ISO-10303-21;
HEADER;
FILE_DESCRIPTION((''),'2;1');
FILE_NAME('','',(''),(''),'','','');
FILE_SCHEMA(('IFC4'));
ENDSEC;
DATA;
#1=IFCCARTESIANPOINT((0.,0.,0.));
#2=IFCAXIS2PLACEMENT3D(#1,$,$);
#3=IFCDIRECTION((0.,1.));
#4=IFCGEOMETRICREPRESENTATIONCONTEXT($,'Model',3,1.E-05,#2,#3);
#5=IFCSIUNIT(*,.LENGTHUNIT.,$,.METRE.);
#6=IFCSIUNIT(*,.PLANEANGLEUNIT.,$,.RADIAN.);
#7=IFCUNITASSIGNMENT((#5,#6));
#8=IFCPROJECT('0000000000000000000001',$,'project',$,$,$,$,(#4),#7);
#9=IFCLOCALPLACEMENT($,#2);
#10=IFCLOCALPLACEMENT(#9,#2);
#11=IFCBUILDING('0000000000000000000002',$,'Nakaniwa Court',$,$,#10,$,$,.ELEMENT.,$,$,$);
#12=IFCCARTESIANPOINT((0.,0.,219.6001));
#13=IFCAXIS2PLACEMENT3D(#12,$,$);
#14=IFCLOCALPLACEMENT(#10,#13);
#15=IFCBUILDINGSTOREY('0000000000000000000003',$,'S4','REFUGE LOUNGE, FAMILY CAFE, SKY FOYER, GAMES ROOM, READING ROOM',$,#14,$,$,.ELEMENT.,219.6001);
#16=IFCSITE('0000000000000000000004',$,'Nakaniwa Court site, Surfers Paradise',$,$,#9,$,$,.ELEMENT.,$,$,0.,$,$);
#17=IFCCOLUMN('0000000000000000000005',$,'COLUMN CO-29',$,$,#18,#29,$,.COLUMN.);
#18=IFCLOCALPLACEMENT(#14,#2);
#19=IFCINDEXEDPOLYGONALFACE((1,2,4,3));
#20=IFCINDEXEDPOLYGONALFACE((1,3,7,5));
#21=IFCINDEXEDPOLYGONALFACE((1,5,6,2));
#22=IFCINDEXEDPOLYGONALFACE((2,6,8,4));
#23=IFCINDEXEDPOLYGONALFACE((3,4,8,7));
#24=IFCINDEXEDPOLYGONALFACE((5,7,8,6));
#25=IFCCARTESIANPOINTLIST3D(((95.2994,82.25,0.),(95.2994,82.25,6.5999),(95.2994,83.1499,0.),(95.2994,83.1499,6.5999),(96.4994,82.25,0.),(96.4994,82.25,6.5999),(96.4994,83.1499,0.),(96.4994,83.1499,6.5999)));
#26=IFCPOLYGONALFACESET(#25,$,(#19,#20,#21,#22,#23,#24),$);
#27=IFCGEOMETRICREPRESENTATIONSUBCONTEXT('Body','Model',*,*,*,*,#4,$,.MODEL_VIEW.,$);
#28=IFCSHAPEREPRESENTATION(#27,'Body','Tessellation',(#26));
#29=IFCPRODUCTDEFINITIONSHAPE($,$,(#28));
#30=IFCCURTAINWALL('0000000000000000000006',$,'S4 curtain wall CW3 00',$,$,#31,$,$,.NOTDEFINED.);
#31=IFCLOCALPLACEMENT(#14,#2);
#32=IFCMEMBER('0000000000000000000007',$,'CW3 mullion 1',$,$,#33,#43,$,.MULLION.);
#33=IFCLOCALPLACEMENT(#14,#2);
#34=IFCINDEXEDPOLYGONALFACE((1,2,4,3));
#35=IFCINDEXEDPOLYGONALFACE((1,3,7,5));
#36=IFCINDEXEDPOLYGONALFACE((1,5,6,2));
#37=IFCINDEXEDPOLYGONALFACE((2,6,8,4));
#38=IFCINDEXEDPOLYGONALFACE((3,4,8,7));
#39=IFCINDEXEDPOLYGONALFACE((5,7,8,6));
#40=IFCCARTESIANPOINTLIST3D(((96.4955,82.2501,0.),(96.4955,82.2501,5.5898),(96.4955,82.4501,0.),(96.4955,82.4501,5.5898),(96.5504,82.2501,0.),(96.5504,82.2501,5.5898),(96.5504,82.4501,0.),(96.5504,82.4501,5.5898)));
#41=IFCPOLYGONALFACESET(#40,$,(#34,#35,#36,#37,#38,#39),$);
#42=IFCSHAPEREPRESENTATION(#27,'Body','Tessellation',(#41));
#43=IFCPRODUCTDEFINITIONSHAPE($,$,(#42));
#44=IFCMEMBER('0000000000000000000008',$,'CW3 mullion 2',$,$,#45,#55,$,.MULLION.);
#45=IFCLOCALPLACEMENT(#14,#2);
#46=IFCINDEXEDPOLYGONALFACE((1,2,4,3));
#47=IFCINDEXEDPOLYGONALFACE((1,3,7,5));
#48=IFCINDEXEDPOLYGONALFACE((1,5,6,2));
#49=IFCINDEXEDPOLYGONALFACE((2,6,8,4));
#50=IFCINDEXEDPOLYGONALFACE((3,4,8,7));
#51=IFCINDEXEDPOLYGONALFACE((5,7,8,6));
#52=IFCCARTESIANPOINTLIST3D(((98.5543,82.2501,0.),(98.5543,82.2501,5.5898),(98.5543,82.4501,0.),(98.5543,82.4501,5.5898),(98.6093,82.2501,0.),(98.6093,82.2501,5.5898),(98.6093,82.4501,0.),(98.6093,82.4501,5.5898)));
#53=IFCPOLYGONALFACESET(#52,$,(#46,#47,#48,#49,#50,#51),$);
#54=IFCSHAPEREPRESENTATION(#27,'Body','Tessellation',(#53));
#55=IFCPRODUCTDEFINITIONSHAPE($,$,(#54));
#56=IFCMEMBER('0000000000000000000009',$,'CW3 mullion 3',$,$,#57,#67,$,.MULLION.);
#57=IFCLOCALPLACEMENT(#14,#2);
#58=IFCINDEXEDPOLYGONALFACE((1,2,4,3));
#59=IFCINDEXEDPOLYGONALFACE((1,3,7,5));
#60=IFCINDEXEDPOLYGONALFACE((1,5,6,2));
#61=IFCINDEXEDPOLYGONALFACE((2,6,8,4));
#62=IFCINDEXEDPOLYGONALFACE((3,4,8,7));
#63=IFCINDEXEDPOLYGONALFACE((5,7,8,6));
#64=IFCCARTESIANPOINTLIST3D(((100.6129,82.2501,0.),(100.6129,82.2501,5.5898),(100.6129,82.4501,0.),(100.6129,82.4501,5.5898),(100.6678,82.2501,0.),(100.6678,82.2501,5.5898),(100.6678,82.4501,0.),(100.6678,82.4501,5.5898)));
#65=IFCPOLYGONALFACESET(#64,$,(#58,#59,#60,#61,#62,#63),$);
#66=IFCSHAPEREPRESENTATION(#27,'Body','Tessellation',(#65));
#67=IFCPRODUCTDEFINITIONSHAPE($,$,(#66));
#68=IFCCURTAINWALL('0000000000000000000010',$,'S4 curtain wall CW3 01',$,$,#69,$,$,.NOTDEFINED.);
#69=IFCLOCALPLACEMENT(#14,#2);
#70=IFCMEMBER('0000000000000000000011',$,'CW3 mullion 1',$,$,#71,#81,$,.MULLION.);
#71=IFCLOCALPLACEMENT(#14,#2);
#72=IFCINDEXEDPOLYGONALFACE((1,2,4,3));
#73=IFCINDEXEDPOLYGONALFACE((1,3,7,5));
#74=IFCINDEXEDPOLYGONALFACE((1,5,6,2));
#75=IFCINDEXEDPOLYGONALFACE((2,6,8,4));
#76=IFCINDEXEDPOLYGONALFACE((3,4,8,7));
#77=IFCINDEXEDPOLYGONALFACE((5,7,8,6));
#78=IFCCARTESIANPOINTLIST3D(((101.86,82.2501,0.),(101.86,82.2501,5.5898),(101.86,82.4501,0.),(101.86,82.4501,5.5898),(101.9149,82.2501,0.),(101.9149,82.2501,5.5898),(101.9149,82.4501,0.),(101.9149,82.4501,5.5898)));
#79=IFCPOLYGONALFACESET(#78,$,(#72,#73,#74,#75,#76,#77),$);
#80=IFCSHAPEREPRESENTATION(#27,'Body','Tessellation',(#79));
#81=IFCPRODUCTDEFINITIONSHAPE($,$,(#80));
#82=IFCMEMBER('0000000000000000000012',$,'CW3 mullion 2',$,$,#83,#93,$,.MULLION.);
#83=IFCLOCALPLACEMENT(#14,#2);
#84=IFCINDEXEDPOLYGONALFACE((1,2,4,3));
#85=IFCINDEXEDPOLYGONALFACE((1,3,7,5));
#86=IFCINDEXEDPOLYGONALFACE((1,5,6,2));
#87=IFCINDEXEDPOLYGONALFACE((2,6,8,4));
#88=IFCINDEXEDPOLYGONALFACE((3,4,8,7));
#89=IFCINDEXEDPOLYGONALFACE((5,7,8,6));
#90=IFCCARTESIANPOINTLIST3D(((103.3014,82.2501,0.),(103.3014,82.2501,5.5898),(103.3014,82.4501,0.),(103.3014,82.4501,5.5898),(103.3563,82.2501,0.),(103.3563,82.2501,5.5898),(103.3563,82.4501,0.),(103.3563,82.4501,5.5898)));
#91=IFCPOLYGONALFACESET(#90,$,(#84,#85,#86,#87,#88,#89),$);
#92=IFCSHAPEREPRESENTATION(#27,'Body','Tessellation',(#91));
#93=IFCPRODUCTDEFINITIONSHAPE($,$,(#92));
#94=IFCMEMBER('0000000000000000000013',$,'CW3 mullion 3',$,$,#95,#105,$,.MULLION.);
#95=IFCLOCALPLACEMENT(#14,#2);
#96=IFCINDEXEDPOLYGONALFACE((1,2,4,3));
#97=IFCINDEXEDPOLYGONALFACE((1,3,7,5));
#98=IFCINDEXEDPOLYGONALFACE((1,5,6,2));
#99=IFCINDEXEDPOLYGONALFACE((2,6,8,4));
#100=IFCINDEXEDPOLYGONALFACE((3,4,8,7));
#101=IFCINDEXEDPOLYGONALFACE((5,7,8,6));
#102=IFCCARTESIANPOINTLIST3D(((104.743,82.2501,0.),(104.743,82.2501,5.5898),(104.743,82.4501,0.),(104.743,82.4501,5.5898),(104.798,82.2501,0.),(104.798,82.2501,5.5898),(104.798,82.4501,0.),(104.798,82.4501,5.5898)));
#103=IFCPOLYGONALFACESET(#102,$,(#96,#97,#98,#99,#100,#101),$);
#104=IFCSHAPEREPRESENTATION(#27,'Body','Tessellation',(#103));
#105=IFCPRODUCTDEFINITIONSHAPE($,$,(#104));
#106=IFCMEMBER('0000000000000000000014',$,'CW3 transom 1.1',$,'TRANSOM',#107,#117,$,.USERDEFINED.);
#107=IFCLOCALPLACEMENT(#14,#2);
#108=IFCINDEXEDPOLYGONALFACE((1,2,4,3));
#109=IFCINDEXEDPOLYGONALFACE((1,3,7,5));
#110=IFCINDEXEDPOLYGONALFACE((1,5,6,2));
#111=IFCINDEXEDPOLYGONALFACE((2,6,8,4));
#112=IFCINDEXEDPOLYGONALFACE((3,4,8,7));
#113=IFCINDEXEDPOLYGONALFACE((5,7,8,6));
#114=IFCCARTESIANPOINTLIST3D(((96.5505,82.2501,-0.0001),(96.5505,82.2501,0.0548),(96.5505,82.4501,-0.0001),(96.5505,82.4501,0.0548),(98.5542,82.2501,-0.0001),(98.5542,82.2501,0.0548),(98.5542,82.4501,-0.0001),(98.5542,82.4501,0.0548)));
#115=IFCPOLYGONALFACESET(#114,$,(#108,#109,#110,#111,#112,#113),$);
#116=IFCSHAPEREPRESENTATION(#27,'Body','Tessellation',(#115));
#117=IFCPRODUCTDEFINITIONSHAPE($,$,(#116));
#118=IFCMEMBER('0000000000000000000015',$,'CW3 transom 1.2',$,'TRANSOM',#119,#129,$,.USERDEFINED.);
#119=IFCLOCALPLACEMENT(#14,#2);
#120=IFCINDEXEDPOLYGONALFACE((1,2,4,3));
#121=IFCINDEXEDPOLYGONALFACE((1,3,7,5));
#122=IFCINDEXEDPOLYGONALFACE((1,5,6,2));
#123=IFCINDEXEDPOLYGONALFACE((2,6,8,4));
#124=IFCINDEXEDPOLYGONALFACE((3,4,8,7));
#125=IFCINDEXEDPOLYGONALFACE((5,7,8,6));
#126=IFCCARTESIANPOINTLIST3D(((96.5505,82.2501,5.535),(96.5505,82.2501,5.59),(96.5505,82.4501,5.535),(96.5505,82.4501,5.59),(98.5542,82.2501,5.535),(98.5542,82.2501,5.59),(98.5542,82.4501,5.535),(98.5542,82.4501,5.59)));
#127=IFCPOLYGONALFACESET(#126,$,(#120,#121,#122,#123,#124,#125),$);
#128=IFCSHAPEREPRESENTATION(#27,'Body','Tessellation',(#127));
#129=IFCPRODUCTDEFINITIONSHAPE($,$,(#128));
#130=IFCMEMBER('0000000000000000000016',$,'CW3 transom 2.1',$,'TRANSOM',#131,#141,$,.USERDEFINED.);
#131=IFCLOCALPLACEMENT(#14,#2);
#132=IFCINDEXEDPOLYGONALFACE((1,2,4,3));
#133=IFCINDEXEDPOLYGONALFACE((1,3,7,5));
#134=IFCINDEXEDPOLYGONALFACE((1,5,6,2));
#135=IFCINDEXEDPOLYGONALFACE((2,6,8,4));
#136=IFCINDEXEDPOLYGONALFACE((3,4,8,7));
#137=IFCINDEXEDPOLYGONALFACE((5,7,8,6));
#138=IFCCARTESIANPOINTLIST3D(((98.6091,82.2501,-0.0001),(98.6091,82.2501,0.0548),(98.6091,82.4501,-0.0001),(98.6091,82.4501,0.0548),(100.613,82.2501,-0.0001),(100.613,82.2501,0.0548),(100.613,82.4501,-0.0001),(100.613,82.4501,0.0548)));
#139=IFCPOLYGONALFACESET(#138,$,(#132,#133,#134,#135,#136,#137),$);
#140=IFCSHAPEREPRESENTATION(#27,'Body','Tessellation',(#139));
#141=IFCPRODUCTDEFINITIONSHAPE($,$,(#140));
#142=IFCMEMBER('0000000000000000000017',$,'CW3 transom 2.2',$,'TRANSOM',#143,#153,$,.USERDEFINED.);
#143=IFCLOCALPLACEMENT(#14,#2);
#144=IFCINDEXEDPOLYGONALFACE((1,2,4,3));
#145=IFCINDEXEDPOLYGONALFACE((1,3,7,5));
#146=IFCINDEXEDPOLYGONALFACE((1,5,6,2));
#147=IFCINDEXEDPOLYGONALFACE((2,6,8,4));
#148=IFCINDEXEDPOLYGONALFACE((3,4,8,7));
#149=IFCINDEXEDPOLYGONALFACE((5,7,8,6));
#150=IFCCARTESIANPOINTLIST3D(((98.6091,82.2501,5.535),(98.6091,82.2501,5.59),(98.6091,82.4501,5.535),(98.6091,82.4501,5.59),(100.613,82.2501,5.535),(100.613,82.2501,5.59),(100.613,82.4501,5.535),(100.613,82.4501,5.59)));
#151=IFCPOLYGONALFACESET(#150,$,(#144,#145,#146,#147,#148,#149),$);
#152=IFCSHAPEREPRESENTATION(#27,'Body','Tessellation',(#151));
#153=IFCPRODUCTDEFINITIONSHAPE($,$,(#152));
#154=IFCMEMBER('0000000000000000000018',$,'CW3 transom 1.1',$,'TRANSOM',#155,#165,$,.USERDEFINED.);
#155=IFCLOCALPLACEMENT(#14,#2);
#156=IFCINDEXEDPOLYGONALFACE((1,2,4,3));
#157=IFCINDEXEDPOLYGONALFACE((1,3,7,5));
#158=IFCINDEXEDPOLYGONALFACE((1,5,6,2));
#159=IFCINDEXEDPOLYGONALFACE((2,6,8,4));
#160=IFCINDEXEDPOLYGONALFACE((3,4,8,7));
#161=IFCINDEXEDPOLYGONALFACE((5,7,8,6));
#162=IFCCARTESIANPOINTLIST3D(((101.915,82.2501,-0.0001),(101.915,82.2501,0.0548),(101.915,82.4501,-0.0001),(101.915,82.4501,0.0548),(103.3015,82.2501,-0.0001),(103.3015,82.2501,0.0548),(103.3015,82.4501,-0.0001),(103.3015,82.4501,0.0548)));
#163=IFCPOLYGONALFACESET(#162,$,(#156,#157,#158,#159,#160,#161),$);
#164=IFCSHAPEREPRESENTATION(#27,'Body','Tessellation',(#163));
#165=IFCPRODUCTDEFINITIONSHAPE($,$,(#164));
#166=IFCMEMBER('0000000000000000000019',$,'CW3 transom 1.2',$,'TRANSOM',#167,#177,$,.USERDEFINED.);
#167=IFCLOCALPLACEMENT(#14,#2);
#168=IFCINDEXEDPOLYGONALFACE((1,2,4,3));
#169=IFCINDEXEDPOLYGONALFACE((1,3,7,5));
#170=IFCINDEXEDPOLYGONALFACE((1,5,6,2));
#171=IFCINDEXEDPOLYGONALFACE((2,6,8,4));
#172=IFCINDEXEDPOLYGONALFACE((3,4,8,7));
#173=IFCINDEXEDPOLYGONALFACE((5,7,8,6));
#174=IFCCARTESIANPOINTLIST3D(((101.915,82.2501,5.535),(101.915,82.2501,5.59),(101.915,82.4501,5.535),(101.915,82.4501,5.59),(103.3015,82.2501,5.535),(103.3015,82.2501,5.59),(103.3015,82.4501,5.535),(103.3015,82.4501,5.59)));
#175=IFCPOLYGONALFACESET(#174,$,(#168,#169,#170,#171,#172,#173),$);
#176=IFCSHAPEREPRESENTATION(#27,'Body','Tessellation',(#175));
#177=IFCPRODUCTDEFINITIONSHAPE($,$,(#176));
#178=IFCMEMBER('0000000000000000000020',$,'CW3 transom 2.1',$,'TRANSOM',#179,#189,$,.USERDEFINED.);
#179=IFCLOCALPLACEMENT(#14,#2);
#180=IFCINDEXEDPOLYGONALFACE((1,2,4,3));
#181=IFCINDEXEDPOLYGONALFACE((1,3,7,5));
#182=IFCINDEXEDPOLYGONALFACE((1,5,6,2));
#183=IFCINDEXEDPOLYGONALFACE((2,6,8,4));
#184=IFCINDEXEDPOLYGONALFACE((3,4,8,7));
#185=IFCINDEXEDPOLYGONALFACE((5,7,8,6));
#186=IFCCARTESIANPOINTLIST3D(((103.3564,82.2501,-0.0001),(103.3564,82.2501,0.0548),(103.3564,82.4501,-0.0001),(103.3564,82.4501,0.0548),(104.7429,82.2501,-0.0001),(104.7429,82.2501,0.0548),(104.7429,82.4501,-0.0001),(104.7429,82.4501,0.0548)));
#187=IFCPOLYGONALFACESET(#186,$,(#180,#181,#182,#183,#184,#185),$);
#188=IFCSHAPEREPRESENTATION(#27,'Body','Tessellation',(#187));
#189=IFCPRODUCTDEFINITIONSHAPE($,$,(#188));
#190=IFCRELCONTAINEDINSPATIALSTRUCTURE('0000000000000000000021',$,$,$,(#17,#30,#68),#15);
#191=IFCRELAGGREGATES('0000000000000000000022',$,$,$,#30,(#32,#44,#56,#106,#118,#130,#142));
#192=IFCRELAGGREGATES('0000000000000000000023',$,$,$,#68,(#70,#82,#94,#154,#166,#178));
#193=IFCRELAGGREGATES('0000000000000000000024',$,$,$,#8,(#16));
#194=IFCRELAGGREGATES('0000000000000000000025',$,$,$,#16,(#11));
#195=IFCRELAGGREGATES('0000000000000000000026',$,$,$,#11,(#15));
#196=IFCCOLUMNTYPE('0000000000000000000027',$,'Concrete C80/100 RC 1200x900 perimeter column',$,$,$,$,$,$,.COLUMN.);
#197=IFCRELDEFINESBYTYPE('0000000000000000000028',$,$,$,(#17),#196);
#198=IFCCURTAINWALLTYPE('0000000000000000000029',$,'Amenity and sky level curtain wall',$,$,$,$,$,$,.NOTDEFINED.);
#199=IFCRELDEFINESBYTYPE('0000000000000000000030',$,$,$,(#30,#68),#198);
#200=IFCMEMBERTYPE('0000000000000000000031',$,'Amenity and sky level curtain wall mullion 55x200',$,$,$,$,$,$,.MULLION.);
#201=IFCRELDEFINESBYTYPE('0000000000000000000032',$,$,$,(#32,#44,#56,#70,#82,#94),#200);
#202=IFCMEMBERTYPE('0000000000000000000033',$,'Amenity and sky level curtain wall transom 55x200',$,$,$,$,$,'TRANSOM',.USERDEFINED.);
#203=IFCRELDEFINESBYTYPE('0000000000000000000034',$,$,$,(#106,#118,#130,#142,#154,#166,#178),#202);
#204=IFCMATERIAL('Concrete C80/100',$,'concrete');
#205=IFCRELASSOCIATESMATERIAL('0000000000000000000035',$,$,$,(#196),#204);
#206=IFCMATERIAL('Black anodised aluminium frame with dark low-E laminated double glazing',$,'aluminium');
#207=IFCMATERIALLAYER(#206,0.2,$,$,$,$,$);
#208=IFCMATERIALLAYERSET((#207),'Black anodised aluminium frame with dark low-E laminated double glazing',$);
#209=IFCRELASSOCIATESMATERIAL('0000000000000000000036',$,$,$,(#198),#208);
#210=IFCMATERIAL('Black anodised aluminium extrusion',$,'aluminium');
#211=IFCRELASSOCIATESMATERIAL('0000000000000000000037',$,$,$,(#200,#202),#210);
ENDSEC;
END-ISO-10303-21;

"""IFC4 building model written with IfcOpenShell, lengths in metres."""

from ifc_helpers import new_model, si_unit, direction, frame, origin, origin_2d, place, context, subcontext, project, spatial, rectangle, extrude, material, layer, layer_set, material_profile, profile_set, type_object, element, aggregate, save


model = new_model("IFC4")

# Units and contexts
model_context = context("Model", 3, precision=1e-05, world=origin(), true_north=direction((0.0, 1.0)))
body_context = subcontext(model_context, "Body", "Model", "MODEL_VIEW")
ifc_project = project(units=[si_unit("LENGTHUNIT", "METRE"), si_unit("PLANEANGLEUNIT", "RADIAN")], contexts=[model_context])

# Site, building, storey
site_placement = place(None, origin())
site = spatial("IfcSite", under=ifc_project, at=site_placement, Name="Nakaniwa Court site, Surfers Paradise", CompositionType="ELEMENT", RefElevation=0.0)
building_placement = place(site_placement, origin())
building = spatial("IfcBuilding", under=site, at=building_placement, Name="Nakaniwa Court", CompositionType="ELEMENT")
storey_placement = place(building_placement, frame((0.0, 0.0, 219.6001)))
storey = spatial("IfcBuildingStorey", under=building, at=storey_placement, Name="S4", Description="REFUGE LOUNGE, FAMILY CAFE, SKY FOYER, GAMES ROOM, READING ROOM", CompositionType="ELEMENT", Elevation=219.6001)

# Column
ifc_material_1 = material(Name="Concrete C80/100", Category="concrete")
ifc_material_profile_1 = material_profile(ifc_material_1, rectangle(XDim=1.2, YDim=0.8999, at=origin_2d()), Name="Concrete C80/100 RC 1200x900 perimeter column")
ifc_profile_set_1 = profile_set([ifc_material_profile_1], Name="Concrete C80/100")
column_type = type_object("IfcColumnType", Name="Concrete C80/100 RC 1200x900 perimeter column", PredefinedType="COLUMN", material=ifc_profile_set_1)
column_placement = place(storey_placement, frame((95.8994, 82.7, 0.0), z_axis=(0.0, 0.0, 1.0), x_axis=(1.0, 0.0, 0.0)))
element("IfcColumn", 1, at=column_placement, inside=storey, type_object=column_type, Name="COLUMN CO-29", PredefinedType="COLUMN", context=body_context, shape_type="SweptSolid", body=[
    extrude(rectangle(XDim=1.2, YDim=0.8999, at=origin_2d()), origin(), (0.0, 0.0, 1.0), 6.5999),
])

# Curtain walls, members
ifc_material_2 = material(Name="Black anodised aluminium frame with dark low-E laminated double glazing", Category="aluminium")
ifc_layer_1 = layer(ifc_material_2, 0.2)
ifc_layer_set_1 = layer_set([ifc_layer_1], Name="Black anodised aluminium frame with dark low-E laminated double glazing")
curtain_wall_type = type_object("IfcCurtainWallType", Name="Amenity and sky level curtain wall", PredefinedType="NOTDEFINED", material=ifc_layer_set_1)
curtain_wall_1_placement = place(storey_placement, origin())
curtain_wall_1 = element("IfcCurtainWall", 2, at=curtain_wall_1_placement, inside=storey, type_object=curtain_wall_type, Name="S4 curtain wall CW3 00", PredefinedType="NOTDEFINED")
ifc_material_3 = material(Name="Black anodised aluminium extrusion", Category="aluminium")
ifc_material_profile_2 = material_profile(ifc_material_3, rectangle(XDim=0.2, YDim=0.0549, at=origin_2d()), Name="Amenity and sky level curtain wall mullion 55x200")
ifc_profile_set_2 = profile_set([ifc_material_profile_2], Name="Black anodised aluminium extrusion")
member_type_1 = type_object("IfcMemberType", Name="Amenity and sky level curtain wall mullion 55x200", PredefinedType="MULLION", material=ifc_profile_set_2)
member_1_placement = place(storey_placement, frame((96.5229, 82.3501, 0.0), z_axis=(0.0, 0.0, 1.0), x_axis=(0.0, 1.0, 0.0)))
member_1 = element("IfcMember", 3, at=member_1_placement, type_object=member_type_1, Name="CW3 mullion 1", PredefinedType="MULLION", context=body_context, shape_type="SweptSolid", body=[
    extrude(rectangle(XDim=0.2, YDim=0.0549, at=origin_2d()), origin(), (0.0, 0.0, 1.0), 5.5898),
])
member_2_placement = place(storey_placement, frame((98.5818, 82.3501, 0.0), z_axis=(0.0, 0.0, 1.0), x_axis=(0.0, 1.0, 0.0)))
member_2 = element("IfcMember", 4, at=member_2_placement, type_object=member_type_1, Name="CW3 mullion 2", PredefinedType="MULLION", context=body_context, shape_type="SweptSolid", body=[
    extrude(rectangle(XDim=0.2, YDim=0.0549, at=origin_2d()), origin(), (0.0, 0.0, 1.0), 5.5898),
])
member_3_placement = place(storey_placement, frame((100.6404, 82.3501, 0.0), z_axis=(0.0, 0.0, 1.0), x_axis=(0.0, 1.0, 0.0)))
member_3 = element("IfcMember", 5, at=member_3_placement, type_object=member_type_1, Name="CW3 mullion 3", PredefinedType="MULLION", context=body_context, shape_type="SweptSolid", body=[
    extrude(rectangle(XDim=0.2, YDim=0.0549, at=origin_2d()), origin(), (0.0, 0.0, 1.0), 5.5898),
])
curtain_wall_2_placement = place(storey_placement, origin())
curtain_wall_2 = element("IfcCurtainWall", 6, at=curtain_wall_2_placement, inside=storey, type_object=curtain_wall_type, Name="S4 curtain wall CW3 01", PredefinedType="NOTDEFINED")
member_4_placement = place(storey_placement, frame((101.8875, 82.3501, 0.0), z_axis=(0.0, 0.0, 1.0), x_axis=(0.0, 1.0, 0.0)))
member_4 = element("IfcMember", 7, at=member_4_placement, type_object=member_type_1, Name="CW3 mullion 1", PredefinedType="MULLION", context=body_context, shape_type="SweptSolid", body=[
    extrude(rectangle(XDim=0.2, YDim=0.0549, at=origin_2d()), origin(), (0.0, 0.0, 1.0), 5.5898),
])
member_5_placement = place(storey_placement, frame((103.3289, 82.3501, 0.0), z_axis=(0.0, 0.0, 1.0), x_axis=(0.0, 1.0, 0.0)))
member_5 = element("IfcMember", 8, at=member_5_placement, type_object=member_type_1, Name="CW3 mullion 2", PredefinedType="MULLION", context=body_context, shape_type="SweptSolid", body=[
    extrude(rectangle(XDim=0.2, YDim=0.0549, at=origin_2d()), origin(), (0.0, 0.0, 1.0), 5.5898),
])
member_6_placement = place(storey_placement, frame((104.7705, 82.3501, 0.0), z_axis=(0.0, 0.0, 1.0), x_axis=(0.0, 1.0, 0.0)))
member_6 = element("IfcMember", 9, at=member_6_placement, type_object=member_type_1, Name="CW3 mullion 3", PredefinedType="MULLION", context=body_context, shape_type="SweptSolid", body=[
    extrude(rectangle(XDim=0.2, YDim=0.0549, at=origin_2d()), origin(), (0.0, 0.0, 1.0), 5.5898),
])

# Members
ifc_material_profile_3 = material_profile(ifc_material_3, rectangle(XDim=0.2, YDim=0.0549, at=origin_2d()), Name="Amenity and sky level curtain wall transom 55x200")
ifc_profile_set_3 = profile_set([ifc_material_profile_3], Name="Black anodised aluminium extrusion")
member_type_2 = type_object("IfcMemberType", Name="Amenity and sky level curtain wall transom 55x200", ElementType="TRANSOM", PredefinedType="USERDEFINED", material=ifc_profile_set_3)
member_7_placement = place(storey_placement, frame((96.5505, 82.3501, 0.0273), z_axis=(1.0, 0.0, 0.0), x_axis=(0.0, 1.0, 0.0)))
member_7 = element("IfcMember", 10, at=member_7_placement, type_object=member_type_2, Name="CW3 transom 1.1", ObjectType="TRANSOM", PredefinedType="USERDEFINED", context=body_context, shape_type="SweptSolid", body=[
    extrude(rectangle(XDim=0.2, YDim=0.0549, at=origin_2d()), origin(), (0.0, 0.0, 1.0), 2.0037),
])
member_8_placement = place(storey_placement, frame((96.5505, 82.3501, 5.5625), z_axis=(1.0, 0.0, 0.0), x_axis=(0.0, 1.0, 0.0)))
member_8 = element("IfcMember", 11, at=member_8_placement, type_object=member_type_2, Name="CW3 transom 1.2", ObjectType="TRANSOM", PredefinedType="USERDEFINED", context=body_context, shape_type="SweptSolid", body=[
    extrude(rectangle(XDim=0.2, YDim=0.0549, at=origin_2d()), origin(), (0.0, 0.0, 1.0), 2.0037),
])
member_9_placement = place(storey_placement, frame((98.6091, 82.3501, 0.0273), z_axis=(1.0, 0.0, 0.0), x_axis=(0.0, 1.0, 0.0)))
member_9 = element("IfcMember", 12, at=member_9_placement, type_object=member_type_2, Name="CW3 transom 2.1", ObjectType="TRANSOM", PredefinedType="USERDEFINED", context=body_context, shape_type="SweptSolid", body=[
    extrude(rectangle(XDim=0.2, YDim=0.0549, at=origin_2d()), origin(), (0.0, 0.0, 1.0), 2.0039),
])
member_10_placement = place(storey_placement, frame((98.6091, 82.3501, 5.5625), z_axis=(1.0, 0.0, 0.0), x_axis=(0.0, 1.0, 0.0)))
member_10 = element("IfcMember", 13, at=member_10_placement, type_object=member_type_2, Name="CW3 transom 2.2", ObjectType="TRANSOM", PredefinedType="USERDEFINED", context=body_context, shape_type="SweptSolid", body=[
    extrude(rectangle(XDim=0.2, YDim=0.0549, at=origin_2d()), origin(), (0.0, 0.0, 1.0), 2.0039),
])
member_11_placement = place(storey_placement, frame((101.915, 82.3501, 0.0273), z_axis=(1.0, 0.0, 0.0), x_axis=(0.0, 1.0, 0.0)))
member_11 = element("IfcMember", 14, at=member_11_placement, type_object=member_type_2, Name="CW3 transom 1.1", ObjectType="TRANSOM", PredefinedType="USERDEFINED", context=body_context, shape_type="SweptSolid", body=[
    extrude(rectangle(XDim=0.2, YDim=0.0549, at=origin_2d()), origin(), (0.0, 0.0, 1.0), 1.3865),
])
member_12_placement = place(storey_placement, frame((101.915, 82.3501, 5.5625), z_axis=(1.0, 0.0, 0.0), x_axis=(0.0, 1.0, 0.0)))
member_12 = element("IfcMember", 15, at=member_12_placement, type_object=member_type_2, Name="CW3 transom 1.2", ObjectType="TRANSOM", PredefinedType="USERDEFINED", context=body_context, shape_type="SweptSolid", body=[
    extrude(rectangle(XDim=0.2, YDim=0.0549, at=origin_2d()), origin(), (0.0, 0.0, 1.0), 1.3865),
])
member_13_placement = place(storey_placement, frame((103.3564, 82.3501, 0.0273), z_axis=(1.0, 0.0, 0.0), x_axis=(0.0, 1.0, 0.0)))
member_13 = element("IfcMember", 16, at=member_13_placement, type_object=member_type_2, Name="CW3 transom 2.1", ObjectType="TRANSOM", PredefinedType="USERDEFINED", context=body_context, shape_type="SweptSolid", body=[
    extrude(rectangle(XDim=0.2, YDim=0.0549, at=origin_2d()), origin(), (0.0, 0.0, 1.0), 1.3865),
])

aggregate(curtain_wall_1, [member_1, member_2, member_3, member_7, member_8, member_9, member_10])
aggregate(curtain_wall_2, [member_4, member_5, member_6, member_11, member_12, member_13])

save(model, "model.ifc")
